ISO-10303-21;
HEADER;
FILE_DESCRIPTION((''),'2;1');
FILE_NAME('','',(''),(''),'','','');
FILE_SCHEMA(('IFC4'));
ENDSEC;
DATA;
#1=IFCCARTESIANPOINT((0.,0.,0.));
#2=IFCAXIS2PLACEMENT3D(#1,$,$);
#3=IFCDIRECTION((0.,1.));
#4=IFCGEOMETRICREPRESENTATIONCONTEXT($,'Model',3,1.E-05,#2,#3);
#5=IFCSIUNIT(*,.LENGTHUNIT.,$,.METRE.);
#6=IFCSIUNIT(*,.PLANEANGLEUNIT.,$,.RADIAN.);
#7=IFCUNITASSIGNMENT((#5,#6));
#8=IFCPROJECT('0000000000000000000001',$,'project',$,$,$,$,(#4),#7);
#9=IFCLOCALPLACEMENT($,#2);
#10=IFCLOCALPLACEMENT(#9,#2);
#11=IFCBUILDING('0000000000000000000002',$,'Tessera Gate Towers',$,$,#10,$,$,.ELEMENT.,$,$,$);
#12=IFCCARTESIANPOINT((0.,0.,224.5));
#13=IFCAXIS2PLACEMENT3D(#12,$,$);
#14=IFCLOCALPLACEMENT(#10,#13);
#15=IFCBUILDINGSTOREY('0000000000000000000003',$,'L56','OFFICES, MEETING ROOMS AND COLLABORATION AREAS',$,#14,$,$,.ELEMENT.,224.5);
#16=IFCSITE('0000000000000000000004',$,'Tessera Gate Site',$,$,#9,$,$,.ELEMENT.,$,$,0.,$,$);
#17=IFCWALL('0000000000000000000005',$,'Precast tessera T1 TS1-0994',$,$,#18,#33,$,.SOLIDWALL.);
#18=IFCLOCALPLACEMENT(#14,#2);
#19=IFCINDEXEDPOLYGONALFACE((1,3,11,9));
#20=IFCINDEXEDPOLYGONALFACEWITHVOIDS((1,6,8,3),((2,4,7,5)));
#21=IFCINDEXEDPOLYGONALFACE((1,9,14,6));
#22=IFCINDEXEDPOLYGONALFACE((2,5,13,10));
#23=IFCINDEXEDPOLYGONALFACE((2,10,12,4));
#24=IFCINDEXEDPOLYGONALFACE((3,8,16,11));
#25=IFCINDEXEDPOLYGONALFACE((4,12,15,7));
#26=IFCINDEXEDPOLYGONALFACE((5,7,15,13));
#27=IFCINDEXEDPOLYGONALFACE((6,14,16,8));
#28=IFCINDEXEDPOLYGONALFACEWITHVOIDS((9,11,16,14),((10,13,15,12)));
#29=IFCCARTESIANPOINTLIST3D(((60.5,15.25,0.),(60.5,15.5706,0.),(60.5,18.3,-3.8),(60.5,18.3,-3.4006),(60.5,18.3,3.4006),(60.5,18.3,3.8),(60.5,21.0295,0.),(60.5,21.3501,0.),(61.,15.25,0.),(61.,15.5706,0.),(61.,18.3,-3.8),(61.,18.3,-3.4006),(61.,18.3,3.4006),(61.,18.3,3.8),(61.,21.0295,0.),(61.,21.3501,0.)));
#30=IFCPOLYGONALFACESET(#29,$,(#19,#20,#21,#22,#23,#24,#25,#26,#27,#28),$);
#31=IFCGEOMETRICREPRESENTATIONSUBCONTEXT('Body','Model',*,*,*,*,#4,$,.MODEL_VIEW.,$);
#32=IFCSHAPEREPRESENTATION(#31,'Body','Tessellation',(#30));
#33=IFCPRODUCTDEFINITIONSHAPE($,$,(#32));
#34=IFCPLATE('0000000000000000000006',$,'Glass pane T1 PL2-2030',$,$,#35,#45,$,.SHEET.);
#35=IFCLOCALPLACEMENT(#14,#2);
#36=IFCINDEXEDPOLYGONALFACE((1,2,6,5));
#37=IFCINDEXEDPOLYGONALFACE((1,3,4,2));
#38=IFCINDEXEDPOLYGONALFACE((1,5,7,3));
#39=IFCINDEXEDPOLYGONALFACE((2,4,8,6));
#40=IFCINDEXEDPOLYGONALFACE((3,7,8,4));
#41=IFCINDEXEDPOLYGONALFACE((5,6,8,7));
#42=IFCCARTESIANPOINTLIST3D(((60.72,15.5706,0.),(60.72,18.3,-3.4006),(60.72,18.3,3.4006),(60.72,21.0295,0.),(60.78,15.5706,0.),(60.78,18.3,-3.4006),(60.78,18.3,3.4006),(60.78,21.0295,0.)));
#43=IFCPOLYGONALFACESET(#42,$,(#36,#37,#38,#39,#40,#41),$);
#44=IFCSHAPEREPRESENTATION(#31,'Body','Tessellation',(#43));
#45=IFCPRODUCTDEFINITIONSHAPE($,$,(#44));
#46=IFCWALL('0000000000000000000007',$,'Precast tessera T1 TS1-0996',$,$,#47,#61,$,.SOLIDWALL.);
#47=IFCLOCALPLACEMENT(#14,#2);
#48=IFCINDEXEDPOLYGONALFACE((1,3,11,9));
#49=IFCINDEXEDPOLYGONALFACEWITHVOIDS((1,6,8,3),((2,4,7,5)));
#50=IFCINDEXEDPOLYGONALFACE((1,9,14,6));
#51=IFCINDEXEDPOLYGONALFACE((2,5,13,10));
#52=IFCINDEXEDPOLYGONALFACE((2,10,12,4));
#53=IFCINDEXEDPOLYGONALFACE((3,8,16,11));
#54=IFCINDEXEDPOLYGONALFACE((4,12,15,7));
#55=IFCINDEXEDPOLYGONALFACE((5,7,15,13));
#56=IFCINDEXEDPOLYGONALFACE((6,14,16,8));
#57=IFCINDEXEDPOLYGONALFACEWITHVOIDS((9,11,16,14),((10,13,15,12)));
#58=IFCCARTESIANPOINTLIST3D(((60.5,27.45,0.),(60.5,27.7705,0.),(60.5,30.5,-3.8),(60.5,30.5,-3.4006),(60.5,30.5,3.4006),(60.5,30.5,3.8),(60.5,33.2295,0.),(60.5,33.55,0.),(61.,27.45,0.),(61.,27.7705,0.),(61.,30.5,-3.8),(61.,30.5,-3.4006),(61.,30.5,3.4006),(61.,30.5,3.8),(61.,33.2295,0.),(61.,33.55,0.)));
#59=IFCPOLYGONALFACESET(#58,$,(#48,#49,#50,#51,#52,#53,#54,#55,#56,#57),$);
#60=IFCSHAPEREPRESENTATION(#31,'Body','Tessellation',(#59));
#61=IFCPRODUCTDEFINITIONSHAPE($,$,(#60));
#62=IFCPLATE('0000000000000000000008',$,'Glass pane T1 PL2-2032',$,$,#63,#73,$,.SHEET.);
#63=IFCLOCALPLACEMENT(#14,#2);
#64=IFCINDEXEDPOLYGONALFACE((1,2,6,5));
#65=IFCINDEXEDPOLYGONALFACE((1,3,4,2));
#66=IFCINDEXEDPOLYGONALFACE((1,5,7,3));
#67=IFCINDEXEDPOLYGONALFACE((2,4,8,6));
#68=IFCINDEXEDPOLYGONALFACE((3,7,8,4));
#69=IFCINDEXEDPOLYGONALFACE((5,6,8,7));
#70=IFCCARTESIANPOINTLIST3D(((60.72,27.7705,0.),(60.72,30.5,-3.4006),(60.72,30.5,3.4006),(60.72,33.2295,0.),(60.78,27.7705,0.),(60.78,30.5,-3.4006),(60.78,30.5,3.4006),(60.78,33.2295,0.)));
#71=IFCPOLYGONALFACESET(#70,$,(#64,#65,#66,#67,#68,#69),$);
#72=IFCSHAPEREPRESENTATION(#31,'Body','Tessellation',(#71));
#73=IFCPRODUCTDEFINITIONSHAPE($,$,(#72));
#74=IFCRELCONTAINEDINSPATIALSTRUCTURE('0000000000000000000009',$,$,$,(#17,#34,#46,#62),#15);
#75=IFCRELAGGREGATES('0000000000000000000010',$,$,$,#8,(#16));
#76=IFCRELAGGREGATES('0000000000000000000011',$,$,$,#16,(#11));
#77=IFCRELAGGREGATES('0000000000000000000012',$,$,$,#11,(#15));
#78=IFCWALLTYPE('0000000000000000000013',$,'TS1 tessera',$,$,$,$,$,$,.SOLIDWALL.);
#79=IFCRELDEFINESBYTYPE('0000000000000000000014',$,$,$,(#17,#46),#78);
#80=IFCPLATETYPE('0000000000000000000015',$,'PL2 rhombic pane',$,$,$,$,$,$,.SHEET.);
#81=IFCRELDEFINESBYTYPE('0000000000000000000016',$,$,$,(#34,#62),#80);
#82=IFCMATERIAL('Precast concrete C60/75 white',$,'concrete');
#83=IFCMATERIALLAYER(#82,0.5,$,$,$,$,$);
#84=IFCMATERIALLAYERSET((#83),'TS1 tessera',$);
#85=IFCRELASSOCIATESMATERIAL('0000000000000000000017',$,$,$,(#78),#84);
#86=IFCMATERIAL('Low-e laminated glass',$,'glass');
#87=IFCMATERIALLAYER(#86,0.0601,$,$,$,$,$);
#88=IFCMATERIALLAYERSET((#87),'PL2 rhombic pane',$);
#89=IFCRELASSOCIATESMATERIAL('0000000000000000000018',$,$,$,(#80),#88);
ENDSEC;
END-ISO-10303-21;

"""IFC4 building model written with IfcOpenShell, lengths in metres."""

from ifc_helpers import new_model, si_unit, direction, frame, origin, place, context, subcontext, project, spatial, polyline, outline, extrude, source, transform, mapped, material, layer, layer_set, type_object, element, fill, save


model = new_model("IFC4")

# Units and contexts
model_context = context("Model", 3, precision=1e-05, world=origin(), true_north=direction((0.0, 1.0)))
body_context = subcontext(model_context, "Body", "Model", "MODEL_VIEW")
ifc_project = project(units=[si_unit("LENGTHUNIT", "METRE"), si_unit("PLANEANGLEUNIT", "RADIAN")], contexts=[model_context])

# Site, building, storey
site_placement = place(None, origin())
site = spatial("IfcSite", under=ifc_project, at=site_placement, Name="Tessera Gate Site", CompositionType="ELEMENT", RefElevation=0.0)
building_placement = place(site_placement, origin())
building = spatial("IfcBuilding", under=site, at=building_placement, Name="Tessera Gate Towers", CompositionType="ELEMENT")
storey_placement = place(building_placement, frame((0.0, 0.0, 224.5)))
storey = spatial("IfcBuildingStorey", under=building, at=storey_placement, Name="L56", Description="OFFICES, MEETING ROOMS AND COLLABORATION AREAS", CompositionType="ELEMENT", Elevation=224.5)

# Walls, openings, plates
ifc_material_1 = material(Name="Precast concrete C60/75 white", Category="concrete")
ifc_layer_1 = layer(ifc_material_1, 0.5)
ifc_layer_set_1 = layer_set([ifc_layer_1], Name="TS1 tessera")
wall_type_1 = type_object("IfcWallType", Name="TS1 tessera", PredefinedType="SOLIDWALL", material=ifc_layer_set_1)
shared_shape_1 = source(origin(), body_context, "Body", "SweptSolid", [
    extrude(outline(polyline([(3.05, 0.0), (6.1001, 3.8), (3.05, 7.6001), (0.0, 3.8), (3.05, 0.0)])), frame((0.0, 0.25, 0.0), z_axis=(0.0, -1.0, 0.0), x_axis=(1.0, 0.0, 0.0)), (0.0, 0.0, 1.0), 0.5),
])
wall_1_placement = place(storey_placement, frame((60.75, 15.25, -3.8), z_axis=(0.0, 0.0, 1.0), x_axis=(0.0, 1.0, 0.0)))
wall_1 = element("IfcWall", 1, at=wall_1_placement, inside=storey, type_object=wall_type_1, Name="Precast tessera T1 TS1-0994", PredefinedType="SOLIDWALL", context=body_context, shape_type="MappedRepresentation", body=[
    mapped(shared_shape_1, transform((0.0, 0.0, 0.0), scale=1.0)),
])
shared_shape_2 = source(origin(), body_context, "Body", "SweptSolid", [
    extrude(outline(polyline([(3.05, 0.3994), (5.7795, 3.8), (3.05, 7.2007), (0.3206, 3.8), (3.05, 0.3994)])), frame((0.0, 0.26, 0.0), z_axis=(0.0, -1.0, 0.0), x_axis=(1.0, 0.0, 0.0)), (0.0, 0.0, 1.0), 0.52),
])
opening_1_placement = place(wall_1_placement, origin())
opening_1 = element("IfcOpeningElement", 2, at=opening_1_placement, cuts=wall_1, PredefinedType="OPENING", context=body_context, shape_type="MappedRepresentation", body=[
    mapped(shared_shape_2, transform((0.0, 0.0, 0.0), scale=1.0)),
])
ifc_material_2 = material(Name="Low-e laminated glass", Category="glass")
ifc_layer_2 = layer(ifc_material_2, 0.0601)
ifc_layer_set_2 = layer_set([ifc_layer_2], Name="PL2 rhombic pane")
plate_type = type_object("IfcPlateType", Name="PL2 rhombic pane", PredefinedType="SHEET", material=ifc_layer_set_2)
shared_shape_3 = source(origin(), body_context, "Body", "SweptSolid", [
    extrude(outline(polyline([(3.05, 0.3994), (5.7795, 3.8), (3.05, 7.2007), (0.3206, 3.8), (3.05, 0.3994)])), frame((0.0, 0.03, 0.0), z_axis=(0.0, -1.0, 0.0), x_axis=(1.0, 0.0, 0.0)), (0.0, 0.0, 1.0), 0.0601),
])
plate_1_placement = place(opening_1_placement, origin())
plate_1 = element("IfcPlate", 3, at=plate_1_placement, inside=storey, type_object=plate_type, Name="Glass pane T1 PL2-2030", PredefinedType="SHEET", context=body_context, shape_type="MappedRepresentation", body=[
    mapped(shared_shape_3, transform((0.0, 0.0, 0.0), scale=1.0)),
])
fill(opening_1, plate_1)
wall_2_placement = place(storey_placement, frame((60.75, 27.45, -3.8), z_axis=(0.0, 0.0, 1.0), x_axis=(0.0, 1.0, 0.0)))
wall_2 = element("IfcWall", 4, at=wall_2_placement, inside=storey, type_object=wall_type_1, Name="Precast tessera T1 TS1-0996", PredefinedType="SOLIDWALL", context=body_context, shape_type="MappedRepresentation", body=[
    mapped(shared_shape_1, transform((0.0, 0.0, 0.0), scale=1.0)),
])
opening_2_placement = place(wall_2_placement, origin())
opening_2 = element("IfcOpeningElement", 5, at=opening_2_placement, cuts=wall_2, PredefinedType="OPENING", context=body_context, shape_type="MappedRepresentation", body=[
    mapped(shared_shape_2, transform((0.0, 0.0, 0.0), scale=1.0)),
])
plate_2_placement = place(opening_2_placement, origin())
plate_2 = element("IfcPlate", 6, at=plate_2_placement, inside=storey, type_object=plate_type, Name="Glass pane T1 PL2-2032", PredefinedType="SHEET", context=body_context, shape_type="MappedRepresentation", body=[
    mapped(shared_shape_3, transform((0.0, 0.0, 0.0), scale=1.0)),
])
fill(opening_2, plate_2)

save(model, "model.ifc")
